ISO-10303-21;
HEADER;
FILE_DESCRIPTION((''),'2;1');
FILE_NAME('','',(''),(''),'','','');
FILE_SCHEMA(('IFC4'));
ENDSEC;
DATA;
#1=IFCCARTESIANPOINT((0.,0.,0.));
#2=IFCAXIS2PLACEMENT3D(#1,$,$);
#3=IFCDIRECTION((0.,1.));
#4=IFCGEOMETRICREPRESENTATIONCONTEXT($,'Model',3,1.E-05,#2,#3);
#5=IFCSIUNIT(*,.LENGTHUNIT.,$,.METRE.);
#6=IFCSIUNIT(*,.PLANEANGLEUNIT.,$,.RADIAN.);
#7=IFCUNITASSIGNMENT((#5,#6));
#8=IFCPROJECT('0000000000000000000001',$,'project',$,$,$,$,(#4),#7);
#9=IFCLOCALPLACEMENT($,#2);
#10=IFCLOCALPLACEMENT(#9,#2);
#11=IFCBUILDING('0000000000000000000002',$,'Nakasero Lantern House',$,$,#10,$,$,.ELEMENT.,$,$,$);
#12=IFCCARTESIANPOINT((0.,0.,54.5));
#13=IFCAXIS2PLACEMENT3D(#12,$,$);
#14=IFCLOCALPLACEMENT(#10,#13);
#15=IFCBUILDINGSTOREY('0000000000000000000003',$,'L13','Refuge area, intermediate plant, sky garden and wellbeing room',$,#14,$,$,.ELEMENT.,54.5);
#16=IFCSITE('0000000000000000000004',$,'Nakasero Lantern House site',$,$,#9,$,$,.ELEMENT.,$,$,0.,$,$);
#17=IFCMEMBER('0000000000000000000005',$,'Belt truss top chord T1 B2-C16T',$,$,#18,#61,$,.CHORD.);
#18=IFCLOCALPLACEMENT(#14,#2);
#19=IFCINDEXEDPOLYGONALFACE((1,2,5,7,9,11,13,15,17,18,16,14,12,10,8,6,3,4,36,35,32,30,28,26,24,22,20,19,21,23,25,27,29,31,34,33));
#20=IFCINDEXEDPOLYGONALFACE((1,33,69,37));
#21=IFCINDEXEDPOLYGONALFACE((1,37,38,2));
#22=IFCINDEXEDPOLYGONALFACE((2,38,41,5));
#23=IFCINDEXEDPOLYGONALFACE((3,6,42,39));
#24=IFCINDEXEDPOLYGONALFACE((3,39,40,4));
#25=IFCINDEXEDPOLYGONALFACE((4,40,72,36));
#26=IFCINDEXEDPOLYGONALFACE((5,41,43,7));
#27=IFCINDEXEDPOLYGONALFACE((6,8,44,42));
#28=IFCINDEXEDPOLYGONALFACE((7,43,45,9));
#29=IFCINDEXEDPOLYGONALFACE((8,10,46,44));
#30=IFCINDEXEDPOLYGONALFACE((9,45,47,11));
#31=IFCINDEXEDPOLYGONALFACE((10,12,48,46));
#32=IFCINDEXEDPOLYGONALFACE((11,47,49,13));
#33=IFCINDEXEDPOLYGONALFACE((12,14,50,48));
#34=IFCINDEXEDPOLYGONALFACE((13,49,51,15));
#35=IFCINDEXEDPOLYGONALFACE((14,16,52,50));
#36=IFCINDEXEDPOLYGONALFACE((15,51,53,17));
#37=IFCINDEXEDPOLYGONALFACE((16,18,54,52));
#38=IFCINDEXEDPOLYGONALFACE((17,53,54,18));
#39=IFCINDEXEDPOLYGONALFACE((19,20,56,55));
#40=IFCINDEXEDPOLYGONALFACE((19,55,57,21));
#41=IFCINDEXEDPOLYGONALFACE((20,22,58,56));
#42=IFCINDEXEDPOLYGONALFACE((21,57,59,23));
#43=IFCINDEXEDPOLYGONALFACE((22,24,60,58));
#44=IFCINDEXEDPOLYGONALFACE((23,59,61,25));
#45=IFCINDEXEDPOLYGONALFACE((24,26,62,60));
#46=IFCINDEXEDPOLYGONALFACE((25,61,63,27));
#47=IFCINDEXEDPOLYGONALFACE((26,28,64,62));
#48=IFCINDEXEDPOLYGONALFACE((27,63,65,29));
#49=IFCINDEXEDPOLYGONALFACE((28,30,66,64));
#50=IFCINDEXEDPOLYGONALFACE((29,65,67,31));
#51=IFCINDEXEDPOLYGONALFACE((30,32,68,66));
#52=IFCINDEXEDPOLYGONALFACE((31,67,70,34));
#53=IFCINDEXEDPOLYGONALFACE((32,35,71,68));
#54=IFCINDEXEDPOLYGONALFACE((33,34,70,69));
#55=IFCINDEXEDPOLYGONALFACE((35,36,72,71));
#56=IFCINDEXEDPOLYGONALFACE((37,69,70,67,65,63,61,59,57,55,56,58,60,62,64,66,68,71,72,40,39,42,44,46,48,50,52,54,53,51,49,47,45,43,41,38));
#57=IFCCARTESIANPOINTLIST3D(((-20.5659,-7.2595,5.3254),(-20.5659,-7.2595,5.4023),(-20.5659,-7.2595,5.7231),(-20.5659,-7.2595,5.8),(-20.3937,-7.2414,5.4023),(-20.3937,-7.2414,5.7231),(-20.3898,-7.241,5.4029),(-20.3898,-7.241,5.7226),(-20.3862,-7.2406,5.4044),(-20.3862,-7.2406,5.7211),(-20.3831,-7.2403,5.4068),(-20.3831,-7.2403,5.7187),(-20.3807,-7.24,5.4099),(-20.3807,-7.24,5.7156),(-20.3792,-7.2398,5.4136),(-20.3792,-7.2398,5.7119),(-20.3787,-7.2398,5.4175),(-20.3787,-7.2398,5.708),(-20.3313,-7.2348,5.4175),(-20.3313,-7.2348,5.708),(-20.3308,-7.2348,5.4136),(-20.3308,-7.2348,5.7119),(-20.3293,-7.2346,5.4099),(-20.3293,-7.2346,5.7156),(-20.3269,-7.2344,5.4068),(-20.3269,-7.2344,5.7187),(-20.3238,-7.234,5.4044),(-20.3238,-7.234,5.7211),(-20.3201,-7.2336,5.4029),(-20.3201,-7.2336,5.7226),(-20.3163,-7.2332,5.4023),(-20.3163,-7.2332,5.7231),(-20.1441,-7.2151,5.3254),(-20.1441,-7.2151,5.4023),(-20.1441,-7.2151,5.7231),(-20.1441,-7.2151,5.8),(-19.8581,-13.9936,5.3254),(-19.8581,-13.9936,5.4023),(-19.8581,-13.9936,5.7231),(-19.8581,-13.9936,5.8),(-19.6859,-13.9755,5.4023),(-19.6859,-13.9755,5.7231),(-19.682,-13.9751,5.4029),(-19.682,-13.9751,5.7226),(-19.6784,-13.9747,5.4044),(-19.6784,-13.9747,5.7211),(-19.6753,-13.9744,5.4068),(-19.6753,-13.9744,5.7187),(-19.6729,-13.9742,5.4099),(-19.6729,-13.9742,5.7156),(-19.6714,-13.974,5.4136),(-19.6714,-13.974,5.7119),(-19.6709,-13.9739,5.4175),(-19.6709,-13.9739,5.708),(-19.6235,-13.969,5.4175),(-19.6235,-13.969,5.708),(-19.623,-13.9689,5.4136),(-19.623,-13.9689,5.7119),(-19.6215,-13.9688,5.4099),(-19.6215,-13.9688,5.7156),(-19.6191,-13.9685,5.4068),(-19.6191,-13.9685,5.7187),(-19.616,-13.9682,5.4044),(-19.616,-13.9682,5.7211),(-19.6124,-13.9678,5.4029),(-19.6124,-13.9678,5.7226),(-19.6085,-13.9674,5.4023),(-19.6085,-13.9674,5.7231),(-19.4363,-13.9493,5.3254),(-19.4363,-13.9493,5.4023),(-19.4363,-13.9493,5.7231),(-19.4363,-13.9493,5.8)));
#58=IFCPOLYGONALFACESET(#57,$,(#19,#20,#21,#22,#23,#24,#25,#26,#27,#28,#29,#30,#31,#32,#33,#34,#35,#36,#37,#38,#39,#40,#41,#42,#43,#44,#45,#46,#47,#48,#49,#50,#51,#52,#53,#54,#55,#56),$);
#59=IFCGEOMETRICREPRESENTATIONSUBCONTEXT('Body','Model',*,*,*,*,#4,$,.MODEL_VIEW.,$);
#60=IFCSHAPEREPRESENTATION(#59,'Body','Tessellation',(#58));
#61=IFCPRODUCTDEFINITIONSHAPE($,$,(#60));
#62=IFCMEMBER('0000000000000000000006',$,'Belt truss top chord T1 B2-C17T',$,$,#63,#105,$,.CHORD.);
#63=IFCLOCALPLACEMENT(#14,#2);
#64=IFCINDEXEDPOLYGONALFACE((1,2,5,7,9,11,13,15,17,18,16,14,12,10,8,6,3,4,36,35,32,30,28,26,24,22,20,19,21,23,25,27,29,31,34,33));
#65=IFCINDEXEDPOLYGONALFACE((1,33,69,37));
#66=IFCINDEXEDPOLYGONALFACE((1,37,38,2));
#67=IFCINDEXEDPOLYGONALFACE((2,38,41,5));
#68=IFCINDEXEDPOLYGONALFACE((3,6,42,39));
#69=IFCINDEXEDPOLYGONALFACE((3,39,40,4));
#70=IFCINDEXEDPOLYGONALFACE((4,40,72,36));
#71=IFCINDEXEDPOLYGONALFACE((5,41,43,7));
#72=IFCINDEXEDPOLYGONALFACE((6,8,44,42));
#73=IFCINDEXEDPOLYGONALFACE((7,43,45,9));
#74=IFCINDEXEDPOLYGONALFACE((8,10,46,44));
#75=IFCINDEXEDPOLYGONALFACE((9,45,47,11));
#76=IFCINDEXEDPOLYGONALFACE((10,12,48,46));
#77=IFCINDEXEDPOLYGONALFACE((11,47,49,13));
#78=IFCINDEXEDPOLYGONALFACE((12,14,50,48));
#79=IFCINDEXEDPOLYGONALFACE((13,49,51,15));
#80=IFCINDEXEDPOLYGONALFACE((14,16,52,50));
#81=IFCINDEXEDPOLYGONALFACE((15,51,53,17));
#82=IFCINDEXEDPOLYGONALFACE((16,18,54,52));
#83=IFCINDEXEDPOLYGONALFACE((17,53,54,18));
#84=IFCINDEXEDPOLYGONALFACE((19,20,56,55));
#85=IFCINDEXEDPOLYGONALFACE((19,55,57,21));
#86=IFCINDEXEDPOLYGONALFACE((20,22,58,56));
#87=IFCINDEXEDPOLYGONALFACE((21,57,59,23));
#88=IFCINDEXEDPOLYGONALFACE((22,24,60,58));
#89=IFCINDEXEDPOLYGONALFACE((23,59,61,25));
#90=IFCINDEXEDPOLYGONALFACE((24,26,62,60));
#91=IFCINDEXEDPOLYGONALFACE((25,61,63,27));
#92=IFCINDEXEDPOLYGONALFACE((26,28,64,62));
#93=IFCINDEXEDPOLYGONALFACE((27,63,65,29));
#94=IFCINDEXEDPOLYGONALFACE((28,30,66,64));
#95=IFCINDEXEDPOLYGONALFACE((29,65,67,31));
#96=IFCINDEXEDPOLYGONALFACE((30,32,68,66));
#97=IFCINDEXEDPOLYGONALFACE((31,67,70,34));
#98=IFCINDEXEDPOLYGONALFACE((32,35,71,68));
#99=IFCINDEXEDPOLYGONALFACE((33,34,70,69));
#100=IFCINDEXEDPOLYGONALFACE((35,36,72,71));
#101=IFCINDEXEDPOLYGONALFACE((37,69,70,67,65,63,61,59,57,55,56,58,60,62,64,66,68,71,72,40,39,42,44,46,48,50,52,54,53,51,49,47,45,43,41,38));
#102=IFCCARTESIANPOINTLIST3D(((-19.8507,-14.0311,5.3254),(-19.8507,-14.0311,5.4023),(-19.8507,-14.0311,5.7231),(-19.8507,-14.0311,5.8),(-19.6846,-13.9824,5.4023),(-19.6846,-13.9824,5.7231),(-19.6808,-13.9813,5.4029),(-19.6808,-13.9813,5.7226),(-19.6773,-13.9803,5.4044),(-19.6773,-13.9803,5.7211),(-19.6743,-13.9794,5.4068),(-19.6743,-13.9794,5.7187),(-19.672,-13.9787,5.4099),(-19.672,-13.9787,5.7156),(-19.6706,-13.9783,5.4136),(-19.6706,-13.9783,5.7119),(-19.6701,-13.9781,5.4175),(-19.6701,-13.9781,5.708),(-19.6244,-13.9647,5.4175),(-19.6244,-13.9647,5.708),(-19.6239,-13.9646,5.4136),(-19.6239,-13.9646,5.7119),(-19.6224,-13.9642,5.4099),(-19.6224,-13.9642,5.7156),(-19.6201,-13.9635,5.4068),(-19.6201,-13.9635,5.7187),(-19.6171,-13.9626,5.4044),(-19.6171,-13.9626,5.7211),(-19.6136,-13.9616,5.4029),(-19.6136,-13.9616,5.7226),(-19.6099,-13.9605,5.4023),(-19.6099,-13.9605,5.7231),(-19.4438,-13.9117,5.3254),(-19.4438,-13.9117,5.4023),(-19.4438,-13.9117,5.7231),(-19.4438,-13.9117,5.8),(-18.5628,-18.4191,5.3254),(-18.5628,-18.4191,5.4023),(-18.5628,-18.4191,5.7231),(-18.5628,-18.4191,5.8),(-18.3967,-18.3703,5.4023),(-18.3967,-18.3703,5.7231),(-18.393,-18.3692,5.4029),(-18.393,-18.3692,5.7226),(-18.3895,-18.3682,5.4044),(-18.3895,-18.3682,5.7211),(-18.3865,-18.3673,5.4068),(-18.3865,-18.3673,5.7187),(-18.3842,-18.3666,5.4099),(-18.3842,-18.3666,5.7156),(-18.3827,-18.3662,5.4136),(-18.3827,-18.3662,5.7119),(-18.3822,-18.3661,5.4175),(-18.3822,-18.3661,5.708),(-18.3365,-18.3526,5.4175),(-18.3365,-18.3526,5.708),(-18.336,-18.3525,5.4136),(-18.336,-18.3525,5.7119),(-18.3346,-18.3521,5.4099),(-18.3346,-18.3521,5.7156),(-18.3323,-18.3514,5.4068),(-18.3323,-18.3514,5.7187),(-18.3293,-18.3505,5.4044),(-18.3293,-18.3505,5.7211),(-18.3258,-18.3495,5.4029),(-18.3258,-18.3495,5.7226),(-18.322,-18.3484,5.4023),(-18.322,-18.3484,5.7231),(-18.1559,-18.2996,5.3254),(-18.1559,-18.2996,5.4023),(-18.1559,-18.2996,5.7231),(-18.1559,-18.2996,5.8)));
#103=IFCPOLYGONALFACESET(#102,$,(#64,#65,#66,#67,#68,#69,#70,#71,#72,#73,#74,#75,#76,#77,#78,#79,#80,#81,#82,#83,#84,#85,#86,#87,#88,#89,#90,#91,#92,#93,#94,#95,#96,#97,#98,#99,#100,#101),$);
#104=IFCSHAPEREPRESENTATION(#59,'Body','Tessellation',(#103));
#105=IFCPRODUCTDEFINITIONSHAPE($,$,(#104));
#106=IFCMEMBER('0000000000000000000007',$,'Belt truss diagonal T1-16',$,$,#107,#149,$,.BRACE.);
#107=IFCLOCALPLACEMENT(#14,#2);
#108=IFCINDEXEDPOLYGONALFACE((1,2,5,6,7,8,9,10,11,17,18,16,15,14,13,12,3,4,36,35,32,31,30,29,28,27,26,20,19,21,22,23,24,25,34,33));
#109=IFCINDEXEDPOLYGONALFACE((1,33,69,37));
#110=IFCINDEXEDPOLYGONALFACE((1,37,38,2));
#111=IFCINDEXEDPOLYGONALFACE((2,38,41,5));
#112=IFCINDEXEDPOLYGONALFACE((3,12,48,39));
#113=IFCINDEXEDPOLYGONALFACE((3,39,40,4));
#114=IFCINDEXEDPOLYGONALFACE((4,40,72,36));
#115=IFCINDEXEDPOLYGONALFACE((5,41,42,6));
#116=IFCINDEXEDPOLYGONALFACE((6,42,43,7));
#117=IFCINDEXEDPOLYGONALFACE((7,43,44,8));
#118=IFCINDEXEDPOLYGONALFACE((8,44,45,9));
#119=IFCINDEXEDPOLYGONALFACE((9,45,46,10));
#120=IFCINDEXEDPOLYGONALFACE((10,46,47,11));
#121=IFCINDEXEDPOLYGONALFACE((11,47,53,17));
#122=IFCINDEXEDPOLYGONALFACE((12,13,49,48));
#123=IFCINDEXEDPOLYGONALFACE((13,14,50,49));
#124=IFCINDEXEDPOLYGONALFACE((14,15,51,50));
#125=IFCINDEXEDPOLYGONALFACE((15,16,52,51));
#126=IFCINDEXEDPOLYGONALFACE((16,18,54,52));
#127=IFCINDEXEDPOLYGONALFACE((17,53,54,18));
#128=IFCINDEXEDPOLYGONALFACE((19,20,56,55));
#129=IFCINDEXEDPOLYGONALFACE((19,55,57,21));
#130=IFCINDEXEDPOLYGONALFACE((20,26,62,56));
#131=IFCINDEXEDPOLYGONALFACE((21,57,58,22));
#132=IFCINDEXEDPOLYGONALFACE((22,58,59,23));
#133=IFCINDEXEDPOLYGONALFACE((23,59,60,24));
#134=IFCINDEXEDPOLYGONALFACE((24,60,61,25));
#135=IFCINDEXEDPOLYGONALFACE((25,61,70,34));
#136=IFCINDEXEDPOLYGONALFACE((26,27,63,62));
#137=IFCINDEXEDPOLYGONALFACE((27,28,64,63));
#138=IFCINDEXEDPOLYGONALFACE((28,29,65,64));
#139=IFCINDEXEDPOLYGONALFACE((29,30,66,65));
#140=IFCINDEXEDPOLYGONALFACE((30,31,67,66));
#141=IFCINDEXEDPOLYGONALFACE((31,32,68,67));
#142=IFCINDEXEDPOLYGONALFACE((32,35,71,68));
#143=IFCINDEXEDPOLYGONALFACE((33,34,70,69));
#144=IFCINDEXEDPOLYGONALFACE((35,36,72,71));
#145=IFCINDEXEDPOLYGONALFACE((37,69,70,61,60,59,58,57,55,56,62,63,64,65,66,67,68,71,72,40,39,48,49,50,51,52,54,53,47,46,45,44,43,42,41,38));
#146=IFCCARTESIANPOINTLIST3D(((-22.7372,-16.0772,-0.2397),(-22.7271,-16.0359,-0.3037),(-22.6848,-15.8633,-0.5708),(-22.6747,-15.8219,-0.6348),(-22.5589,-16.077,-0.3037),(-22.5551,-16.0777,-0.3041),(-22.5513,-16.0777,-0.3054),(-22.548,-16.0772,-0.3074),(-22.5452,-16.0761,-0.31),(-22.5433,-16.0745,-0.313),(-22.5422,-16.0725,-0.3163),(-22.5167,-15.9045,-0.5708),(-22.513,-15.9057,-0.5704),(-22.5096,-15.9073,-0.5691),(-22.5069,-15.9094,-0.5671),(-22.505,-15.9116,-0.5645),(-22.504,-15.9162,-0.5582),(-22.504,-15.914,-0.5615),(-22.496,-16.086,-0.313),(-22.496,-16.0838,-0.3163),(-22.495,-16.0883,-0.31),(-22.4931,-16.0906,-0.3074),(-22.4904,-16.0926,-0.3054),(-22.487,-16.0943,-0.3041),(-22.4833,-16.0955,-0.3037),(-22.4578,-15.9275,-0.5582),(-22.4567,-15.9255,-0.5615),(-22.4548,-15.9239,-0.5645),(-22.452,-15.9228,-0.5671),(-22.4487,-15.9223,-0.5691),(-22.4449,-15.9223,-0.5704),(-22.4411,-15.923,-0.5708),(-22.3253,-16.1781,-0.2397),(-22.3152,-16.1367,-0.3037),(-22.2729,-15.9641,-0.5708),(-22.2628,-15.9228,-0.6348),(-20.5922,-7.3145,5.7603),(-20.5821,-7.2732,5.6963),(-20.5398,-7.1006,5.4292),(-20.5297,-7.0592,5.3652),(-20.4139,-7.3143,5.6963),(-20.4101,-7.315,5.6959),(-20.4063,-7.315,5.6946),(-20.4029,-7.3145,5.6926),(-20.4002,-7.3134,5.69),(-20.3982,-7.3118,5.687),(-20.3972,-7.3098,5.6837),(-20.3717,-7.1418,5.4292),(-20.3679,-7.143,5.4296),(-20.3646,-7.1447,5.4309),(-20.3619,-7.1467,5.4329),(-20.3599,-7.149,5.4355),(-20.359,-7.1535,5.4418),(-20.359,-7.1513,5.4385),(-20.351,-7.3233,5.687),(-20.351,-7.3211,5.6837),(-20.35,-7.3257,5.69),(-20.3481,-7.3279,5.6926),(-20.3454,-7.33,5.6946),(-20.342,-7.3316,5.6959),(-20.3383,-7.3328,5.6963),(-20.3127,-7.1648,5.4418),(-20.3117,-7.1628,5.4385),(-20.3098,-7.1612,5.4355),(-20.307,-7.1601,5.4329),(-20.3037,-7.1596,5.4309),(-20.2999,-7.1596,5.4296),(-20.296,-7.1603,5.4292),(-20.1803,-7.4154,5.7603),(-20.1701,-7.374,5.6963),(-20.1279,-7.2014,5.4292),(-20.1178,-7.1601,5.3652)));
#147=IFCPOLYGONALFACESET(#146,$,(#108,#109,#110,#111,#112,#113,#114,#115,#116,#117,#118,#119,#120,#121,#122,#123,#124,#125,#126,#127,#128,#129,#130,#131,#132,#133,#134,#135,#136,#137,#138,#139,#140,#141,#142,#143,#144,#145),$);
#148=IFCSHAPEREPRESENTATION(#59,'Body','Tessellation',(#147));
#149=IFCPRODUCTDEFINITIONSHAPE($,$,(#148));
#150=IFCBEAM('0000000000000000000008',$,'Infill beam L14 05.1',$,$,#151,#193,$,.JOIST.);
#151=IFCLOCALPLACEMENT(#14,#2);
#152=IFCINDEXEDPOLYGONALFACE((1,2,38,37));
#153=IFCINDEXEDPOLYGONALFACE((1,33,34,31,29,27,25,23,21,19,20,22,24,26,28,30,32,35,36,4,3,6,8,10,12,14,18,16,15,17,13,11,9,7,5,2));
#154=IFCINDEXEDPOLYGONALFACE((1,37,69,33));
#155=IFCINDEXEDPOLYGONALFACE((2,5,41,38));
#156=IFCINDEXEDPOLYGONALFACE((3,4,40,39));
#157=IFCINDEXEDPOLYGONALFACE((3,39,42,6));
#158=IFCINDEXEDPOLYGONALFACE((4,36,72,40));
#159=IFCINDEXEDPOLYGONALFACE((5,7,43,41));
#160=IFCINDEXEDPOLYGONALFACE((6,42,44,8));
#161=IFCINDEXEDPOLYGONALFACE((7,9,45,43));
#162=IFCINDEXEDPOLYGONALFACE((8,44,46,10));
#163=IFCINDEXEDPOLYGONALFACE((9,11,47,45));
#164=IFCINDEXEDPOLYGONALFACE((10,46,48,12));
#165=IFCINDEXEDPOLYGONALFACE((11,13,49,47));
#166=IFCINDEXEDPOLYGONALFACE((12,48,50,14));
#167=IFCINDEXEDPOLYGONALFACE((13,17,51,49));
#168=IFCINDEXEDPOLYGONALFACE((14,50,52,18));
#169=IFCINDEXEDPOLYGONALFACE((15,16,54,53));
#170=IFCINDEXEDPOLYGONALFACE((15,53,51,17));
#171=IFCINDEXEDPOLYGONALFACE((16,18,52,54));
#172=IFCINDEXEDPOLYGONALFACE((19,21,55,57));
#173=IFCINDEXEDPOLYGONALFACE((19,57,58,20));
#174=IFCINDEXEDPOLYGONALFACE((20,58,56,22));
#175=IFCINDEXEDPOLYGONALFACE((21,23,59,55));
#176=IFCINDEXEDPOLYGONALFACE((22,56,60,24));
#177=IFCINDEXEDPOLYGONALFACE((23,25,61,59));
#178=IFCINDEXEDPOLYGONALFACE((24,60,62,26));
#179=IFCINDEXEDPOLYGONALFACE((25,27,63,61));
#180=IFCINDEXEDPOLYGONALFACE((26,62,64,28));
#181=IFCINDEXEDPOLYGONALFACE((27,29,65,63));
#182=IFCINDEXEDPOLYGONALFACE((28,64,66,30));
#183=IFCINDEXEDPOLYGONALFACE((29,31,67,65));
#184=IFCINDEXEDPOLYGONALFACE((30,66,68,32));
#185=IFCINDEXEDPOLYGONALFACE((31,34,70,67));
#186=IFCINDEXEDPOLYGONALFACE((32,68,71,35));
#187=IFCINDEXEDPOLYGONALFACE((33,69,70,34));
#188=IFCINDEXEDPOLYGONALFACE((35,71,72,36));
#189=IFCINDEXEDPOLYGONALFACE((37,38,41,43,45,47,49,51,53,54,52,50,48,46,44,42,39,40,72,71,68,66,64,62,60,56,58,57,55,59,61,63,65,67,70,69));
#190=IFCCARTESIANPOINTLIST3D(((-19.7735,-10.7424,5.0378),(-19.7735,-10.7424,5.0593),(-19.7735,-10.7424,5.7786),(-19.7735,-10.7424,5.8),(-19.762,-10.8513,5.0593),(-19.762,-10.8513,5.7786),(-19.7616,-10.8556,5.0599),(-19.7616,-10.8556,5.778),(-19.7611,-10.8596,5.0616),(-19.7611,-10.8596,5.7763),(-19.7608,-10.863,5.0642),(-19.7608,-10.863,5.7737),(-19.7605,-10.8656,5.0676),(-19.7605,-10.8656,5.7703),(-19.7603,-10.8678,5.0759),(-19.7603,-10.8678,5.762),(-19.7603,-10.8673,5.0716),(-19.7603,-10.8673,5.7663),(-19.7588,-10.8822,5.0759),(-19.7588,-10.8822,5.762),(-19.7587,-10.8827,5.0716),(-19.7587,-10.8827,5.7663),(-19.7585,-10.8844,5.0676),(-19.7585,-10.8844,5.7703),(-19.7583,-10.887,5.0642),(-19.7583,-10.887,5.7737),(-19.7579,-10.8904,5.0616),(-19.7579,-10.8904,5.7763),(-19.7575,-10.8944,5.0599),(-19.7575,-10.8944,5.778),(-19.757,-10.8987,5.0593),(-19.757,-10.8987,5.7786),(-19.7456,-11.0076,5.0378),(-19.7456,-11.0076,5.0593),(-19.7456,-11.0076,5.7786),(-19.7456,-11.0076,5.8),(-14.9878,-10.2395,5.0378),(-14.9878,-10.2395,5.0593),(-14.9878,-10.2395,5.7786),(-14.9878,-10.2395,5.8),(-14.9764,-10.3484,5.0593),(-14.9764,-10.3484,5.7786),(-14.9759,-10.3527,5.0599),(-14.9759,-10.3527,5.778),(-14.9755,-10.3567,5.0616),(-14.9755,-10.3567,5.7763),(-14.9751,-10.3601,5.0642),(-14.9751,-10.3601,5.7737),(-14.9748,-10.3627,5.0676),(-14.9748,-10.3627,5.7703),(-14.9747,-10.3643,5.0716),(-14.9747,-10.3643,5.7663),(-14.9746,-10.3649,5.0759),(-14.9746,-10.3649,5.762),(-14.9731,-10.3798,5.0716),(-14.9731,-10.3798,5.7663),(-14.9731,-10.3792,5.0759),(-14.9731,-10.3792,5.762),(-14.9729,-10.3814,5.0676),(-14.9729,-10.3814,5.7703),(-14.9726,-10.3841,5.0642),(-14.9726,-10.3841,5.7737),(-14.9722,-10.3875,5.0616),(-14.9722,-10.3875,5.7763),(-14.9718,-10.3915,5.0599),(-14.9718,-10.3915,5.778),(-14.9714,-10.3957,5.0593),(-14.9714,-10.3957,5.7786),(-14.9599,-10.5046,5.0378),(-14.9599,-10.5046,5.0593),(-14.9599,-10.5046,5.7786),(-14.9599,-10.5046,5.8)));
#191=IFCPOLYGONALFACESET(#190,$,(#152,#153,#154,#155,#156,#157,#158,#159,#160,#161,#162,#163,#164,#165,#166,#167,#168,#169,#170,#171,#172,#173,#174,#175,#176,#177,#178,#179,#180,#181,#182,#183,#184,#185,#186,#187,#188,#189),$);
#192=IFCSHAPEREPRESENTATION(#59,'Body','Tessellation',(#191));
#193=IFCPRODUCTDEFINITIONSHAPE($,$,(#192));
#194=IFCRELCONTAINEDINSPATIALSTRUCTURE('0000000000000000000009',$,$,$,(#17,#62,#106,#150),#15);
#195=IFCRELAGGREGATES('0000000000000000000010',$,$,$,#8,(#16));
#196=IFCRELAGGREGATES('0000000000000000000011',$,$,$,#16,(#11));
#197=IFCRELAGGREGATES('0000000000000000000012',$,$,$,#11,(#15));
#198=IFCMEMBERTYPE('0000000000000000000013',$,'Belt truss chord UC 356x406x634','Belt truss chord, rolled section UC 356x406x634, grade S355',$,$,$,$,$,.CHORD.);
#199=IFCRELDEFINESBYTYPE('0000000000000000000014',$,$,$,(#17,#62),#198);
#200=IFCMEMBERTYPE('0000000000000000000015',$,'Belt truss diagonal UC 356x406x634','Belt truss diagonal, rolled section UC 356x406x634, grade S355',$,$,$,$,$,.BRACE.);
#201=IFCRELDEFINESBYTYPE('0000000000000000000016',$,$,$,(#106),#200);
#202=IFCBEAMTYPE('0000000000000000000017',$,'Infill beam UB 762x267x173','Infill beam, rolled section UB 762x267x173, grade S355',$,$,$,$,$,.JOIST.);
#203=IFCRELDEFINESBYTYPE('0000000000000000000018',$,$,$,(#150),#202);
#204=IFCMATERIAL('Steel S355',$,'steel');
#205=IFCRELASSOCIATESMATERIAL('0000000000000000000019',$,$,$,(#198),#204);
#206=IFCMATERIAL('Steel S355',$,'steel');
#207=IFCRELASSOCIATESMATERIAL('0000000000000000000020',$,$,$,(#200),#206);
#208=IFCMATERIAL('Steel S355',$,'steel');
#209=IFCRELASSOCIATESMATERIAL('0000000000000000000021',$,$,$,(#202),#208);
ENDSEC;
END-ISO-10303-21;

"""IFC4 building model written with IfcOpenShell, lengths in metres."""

from ifc_helpers import new_model, si_unit, direction, frame, origin, origin_2d, place, context, subcontext, project, spatial, i_section, extrude, material, material_profile, profile_set, type_object, element, save


model = new_model("IFC4")

# Units and contexts
model_context = context("Model", 3, precision=1e-05, world=origin(), true_north=direction((0.0, 1.0)))
body_context = subcontext(model_context, "Body", "Model", "MODEL_VIEW")
ifc_project = project(units=[si_unit("LENGTHUNIT", "METRE"), si_unit("PLANEANGLEUNIT", "RADIAN")], contexts=[model_context])

# Site, building, storey
site_placement = place(None, origin())
site = spatial("IfcSite", under=ifc_project, at=site_placement, Name="Nakasero Lantern House site", CompositionType="ELEMENT", RefElevation=0.0)
building_placement = place(site_placement, origin())
building = spatial("IfcBuilding", under=site, at=building_placement, Name="Nakasero Lantern House", CompositionType="ELEMENT")
storey_placement = place(building_placement, frame((0.0, 0.0, 54.5)))
storey = spatial("IfcBuildingStorey", under=building, at=storey_placement, Name="L13", Description="Refuge area, intermediate plant, sky garden and wellbeing room", CompositionType="ELEMENT", Elevation=54.5)

# Members
ifc_material_1 = material(Name="Steel S355", Category="steel")
ifc_material_profile_1 = material_profile(ifc_material_1, i_section(OverallWidth=0.4241, OverallDepth=0.4746, WebThickness=0.0476, FlangeThickness=0.0769, FilletRadius=0.0151, at=origin_2d()), Name="UC 356x406x634")
ifc_profile_set_1 = profile_set([ifc_material_profile_1], Name="Steel S355")
member_type_1 = type_object("IfcMemberType", Name="Belt truss chord UC 356x406x634", Description="Belt truss chord, rolled section UC 356x406x634, grade S355", PredefinedType="CHORD", material=ifc_profile_set_1)
member_1_placement = place(storey_placement, frame((-20.355, -7.2373, 5.5627), z_axis=(0.104525, -0.994522, 0.0), x_axis=(0.994522, 0.104525, 0.0)))
element("IfcMember", 1, at=member_1_placement, inside=storey, type_object=member_type_1, Name="Belt truss top chord T1 B2-C16T", PredefinedType="CHORD", context=body_context, shape_type="SweptSolid", body=[
    extrude(i_section(OverallWidth=0.4241, OverallDepth=0.4746, WebThickness=0.0476, FlangeThickness=0.0769, FilletRadius=0.0151, at=origin_2d()), origin(), (0.0, 0.0, 1.0), 6.7712),
])
member_2_placement = place(storey_placement, frame((-19.6472, -13.9714, 5.5627), z_axis=(0.281617, -0.959527, 0.0), x_axis=(0.959527, 0.281617, 0.0)))
element("IfcMember", 2, at=member_2_placement, inside=storey, type_object=member_type_1, Name="Belt truss top chord T1 B2-C17T", PredefinedType="CHORD", context=body_context, shape_type="SweptSolid", body=[
    extrude(i_section(OverallWidth=0.4241, OverallDepth=0.4746, WebThickness=0.0476, FlangeThickness=0.0769, FilletRadius=0.0151, at=origin_2d()), origin(), (0.0, 0.0, 1.0), 4.573),
])
ifc_material_2 = material(Name="Steel S355", Category="steel")
ifc_material_profile_2 = material_profile(ifc_material_2, i_section(OverallWidth=0.4241, OverallDepth=0.4746, WebThickness=0.0476, FlangeThickness=0.0769, FilletRadius=0.0151, at=origin_2d()), Name="UC 356x406x634")
ifc_profile_set_2 = profile_set([ifc_material_profile_2], Name="Steel S355")
member_type_2 = type_object("IfcMemberType", Name="Belt truss diagonal UC 356x406x634", Description="Belt truss diagonal, rolled section UC 356x406x634, grade S355", PredefinedType="BRACE", material=ifc_profile_set_2)
member_3_placement = place(storey_placement, frame((-20.355, -7.2373, 5.5627), z_axis=(-0.197981, -0.808779, -0.553788), x_axis=(0.971322, -0.23777, 0.0)))
element("IfcMember", 3, at=member_3_placement, inside=storey, type_object=member_type_2, Name="Belt truss diagonal T1-16", PredefinedType="BRACE", context=body_context, shape_type="SweptSolid", body=[
    extrude(i_section(OverallWidth=0.4241, OverallDepth=0.4746, WebThickness=0.0476, FlangeThickness=0.0769, FilletRadius=0.0151, at=origin_2d()), origin(), (0.0, 0.0, 1.0), 10.8345),
])

# Beam
ifc_material_3 = material(Name="Steel S355", Category="steel")
ifc_material_profile_3 = material_profile(ifc_material_3, i_section(OverallWidth=0.2666, OverallDepth=0.7622, WebThickness=0.0144, FlangeThickness=0.0215, FilletRadius=0.0166, at=origin_2d()), Name="UB 762x267x173")
ifc_profile_set_3 = profile_set([ifc_material_profile_3], Name="Steel S355")
beam_type_1 = type_object("IfcBeamType", Name="Infill beam UB 762x267x173", Description="Infill beam, rolled section UB 762x267x173, grade S355", PredefinedType="JOIST", material=ifc_profile_set_3)
beam_1_placement = place(storey_placement, frame((-19.7595, -10.875, 5.4189), z_axis=(0.994523, 0.104516, 0.0), x_axis=(-0.104516, 0.994523, 0.0)))
element("IfcBeam", 4, at=beam_1_placement, inside=storey, type_object=beam_type_1, Name="Infill beam L14 05.1", PredefinedType="JOIST", context=body_context, shape_type="SweptSolid", body=[
    extrude(i_section(OverallWidth=0.2666, OverallDepth=0.7622, WebThickness=0.0144, FlangeThickness=0.0215, FilletRadius=0.0166, at=origin_2d()), origin(), (0.0, 0.0, 1.0), 4.812),
])

save(model, "model.ifc")
